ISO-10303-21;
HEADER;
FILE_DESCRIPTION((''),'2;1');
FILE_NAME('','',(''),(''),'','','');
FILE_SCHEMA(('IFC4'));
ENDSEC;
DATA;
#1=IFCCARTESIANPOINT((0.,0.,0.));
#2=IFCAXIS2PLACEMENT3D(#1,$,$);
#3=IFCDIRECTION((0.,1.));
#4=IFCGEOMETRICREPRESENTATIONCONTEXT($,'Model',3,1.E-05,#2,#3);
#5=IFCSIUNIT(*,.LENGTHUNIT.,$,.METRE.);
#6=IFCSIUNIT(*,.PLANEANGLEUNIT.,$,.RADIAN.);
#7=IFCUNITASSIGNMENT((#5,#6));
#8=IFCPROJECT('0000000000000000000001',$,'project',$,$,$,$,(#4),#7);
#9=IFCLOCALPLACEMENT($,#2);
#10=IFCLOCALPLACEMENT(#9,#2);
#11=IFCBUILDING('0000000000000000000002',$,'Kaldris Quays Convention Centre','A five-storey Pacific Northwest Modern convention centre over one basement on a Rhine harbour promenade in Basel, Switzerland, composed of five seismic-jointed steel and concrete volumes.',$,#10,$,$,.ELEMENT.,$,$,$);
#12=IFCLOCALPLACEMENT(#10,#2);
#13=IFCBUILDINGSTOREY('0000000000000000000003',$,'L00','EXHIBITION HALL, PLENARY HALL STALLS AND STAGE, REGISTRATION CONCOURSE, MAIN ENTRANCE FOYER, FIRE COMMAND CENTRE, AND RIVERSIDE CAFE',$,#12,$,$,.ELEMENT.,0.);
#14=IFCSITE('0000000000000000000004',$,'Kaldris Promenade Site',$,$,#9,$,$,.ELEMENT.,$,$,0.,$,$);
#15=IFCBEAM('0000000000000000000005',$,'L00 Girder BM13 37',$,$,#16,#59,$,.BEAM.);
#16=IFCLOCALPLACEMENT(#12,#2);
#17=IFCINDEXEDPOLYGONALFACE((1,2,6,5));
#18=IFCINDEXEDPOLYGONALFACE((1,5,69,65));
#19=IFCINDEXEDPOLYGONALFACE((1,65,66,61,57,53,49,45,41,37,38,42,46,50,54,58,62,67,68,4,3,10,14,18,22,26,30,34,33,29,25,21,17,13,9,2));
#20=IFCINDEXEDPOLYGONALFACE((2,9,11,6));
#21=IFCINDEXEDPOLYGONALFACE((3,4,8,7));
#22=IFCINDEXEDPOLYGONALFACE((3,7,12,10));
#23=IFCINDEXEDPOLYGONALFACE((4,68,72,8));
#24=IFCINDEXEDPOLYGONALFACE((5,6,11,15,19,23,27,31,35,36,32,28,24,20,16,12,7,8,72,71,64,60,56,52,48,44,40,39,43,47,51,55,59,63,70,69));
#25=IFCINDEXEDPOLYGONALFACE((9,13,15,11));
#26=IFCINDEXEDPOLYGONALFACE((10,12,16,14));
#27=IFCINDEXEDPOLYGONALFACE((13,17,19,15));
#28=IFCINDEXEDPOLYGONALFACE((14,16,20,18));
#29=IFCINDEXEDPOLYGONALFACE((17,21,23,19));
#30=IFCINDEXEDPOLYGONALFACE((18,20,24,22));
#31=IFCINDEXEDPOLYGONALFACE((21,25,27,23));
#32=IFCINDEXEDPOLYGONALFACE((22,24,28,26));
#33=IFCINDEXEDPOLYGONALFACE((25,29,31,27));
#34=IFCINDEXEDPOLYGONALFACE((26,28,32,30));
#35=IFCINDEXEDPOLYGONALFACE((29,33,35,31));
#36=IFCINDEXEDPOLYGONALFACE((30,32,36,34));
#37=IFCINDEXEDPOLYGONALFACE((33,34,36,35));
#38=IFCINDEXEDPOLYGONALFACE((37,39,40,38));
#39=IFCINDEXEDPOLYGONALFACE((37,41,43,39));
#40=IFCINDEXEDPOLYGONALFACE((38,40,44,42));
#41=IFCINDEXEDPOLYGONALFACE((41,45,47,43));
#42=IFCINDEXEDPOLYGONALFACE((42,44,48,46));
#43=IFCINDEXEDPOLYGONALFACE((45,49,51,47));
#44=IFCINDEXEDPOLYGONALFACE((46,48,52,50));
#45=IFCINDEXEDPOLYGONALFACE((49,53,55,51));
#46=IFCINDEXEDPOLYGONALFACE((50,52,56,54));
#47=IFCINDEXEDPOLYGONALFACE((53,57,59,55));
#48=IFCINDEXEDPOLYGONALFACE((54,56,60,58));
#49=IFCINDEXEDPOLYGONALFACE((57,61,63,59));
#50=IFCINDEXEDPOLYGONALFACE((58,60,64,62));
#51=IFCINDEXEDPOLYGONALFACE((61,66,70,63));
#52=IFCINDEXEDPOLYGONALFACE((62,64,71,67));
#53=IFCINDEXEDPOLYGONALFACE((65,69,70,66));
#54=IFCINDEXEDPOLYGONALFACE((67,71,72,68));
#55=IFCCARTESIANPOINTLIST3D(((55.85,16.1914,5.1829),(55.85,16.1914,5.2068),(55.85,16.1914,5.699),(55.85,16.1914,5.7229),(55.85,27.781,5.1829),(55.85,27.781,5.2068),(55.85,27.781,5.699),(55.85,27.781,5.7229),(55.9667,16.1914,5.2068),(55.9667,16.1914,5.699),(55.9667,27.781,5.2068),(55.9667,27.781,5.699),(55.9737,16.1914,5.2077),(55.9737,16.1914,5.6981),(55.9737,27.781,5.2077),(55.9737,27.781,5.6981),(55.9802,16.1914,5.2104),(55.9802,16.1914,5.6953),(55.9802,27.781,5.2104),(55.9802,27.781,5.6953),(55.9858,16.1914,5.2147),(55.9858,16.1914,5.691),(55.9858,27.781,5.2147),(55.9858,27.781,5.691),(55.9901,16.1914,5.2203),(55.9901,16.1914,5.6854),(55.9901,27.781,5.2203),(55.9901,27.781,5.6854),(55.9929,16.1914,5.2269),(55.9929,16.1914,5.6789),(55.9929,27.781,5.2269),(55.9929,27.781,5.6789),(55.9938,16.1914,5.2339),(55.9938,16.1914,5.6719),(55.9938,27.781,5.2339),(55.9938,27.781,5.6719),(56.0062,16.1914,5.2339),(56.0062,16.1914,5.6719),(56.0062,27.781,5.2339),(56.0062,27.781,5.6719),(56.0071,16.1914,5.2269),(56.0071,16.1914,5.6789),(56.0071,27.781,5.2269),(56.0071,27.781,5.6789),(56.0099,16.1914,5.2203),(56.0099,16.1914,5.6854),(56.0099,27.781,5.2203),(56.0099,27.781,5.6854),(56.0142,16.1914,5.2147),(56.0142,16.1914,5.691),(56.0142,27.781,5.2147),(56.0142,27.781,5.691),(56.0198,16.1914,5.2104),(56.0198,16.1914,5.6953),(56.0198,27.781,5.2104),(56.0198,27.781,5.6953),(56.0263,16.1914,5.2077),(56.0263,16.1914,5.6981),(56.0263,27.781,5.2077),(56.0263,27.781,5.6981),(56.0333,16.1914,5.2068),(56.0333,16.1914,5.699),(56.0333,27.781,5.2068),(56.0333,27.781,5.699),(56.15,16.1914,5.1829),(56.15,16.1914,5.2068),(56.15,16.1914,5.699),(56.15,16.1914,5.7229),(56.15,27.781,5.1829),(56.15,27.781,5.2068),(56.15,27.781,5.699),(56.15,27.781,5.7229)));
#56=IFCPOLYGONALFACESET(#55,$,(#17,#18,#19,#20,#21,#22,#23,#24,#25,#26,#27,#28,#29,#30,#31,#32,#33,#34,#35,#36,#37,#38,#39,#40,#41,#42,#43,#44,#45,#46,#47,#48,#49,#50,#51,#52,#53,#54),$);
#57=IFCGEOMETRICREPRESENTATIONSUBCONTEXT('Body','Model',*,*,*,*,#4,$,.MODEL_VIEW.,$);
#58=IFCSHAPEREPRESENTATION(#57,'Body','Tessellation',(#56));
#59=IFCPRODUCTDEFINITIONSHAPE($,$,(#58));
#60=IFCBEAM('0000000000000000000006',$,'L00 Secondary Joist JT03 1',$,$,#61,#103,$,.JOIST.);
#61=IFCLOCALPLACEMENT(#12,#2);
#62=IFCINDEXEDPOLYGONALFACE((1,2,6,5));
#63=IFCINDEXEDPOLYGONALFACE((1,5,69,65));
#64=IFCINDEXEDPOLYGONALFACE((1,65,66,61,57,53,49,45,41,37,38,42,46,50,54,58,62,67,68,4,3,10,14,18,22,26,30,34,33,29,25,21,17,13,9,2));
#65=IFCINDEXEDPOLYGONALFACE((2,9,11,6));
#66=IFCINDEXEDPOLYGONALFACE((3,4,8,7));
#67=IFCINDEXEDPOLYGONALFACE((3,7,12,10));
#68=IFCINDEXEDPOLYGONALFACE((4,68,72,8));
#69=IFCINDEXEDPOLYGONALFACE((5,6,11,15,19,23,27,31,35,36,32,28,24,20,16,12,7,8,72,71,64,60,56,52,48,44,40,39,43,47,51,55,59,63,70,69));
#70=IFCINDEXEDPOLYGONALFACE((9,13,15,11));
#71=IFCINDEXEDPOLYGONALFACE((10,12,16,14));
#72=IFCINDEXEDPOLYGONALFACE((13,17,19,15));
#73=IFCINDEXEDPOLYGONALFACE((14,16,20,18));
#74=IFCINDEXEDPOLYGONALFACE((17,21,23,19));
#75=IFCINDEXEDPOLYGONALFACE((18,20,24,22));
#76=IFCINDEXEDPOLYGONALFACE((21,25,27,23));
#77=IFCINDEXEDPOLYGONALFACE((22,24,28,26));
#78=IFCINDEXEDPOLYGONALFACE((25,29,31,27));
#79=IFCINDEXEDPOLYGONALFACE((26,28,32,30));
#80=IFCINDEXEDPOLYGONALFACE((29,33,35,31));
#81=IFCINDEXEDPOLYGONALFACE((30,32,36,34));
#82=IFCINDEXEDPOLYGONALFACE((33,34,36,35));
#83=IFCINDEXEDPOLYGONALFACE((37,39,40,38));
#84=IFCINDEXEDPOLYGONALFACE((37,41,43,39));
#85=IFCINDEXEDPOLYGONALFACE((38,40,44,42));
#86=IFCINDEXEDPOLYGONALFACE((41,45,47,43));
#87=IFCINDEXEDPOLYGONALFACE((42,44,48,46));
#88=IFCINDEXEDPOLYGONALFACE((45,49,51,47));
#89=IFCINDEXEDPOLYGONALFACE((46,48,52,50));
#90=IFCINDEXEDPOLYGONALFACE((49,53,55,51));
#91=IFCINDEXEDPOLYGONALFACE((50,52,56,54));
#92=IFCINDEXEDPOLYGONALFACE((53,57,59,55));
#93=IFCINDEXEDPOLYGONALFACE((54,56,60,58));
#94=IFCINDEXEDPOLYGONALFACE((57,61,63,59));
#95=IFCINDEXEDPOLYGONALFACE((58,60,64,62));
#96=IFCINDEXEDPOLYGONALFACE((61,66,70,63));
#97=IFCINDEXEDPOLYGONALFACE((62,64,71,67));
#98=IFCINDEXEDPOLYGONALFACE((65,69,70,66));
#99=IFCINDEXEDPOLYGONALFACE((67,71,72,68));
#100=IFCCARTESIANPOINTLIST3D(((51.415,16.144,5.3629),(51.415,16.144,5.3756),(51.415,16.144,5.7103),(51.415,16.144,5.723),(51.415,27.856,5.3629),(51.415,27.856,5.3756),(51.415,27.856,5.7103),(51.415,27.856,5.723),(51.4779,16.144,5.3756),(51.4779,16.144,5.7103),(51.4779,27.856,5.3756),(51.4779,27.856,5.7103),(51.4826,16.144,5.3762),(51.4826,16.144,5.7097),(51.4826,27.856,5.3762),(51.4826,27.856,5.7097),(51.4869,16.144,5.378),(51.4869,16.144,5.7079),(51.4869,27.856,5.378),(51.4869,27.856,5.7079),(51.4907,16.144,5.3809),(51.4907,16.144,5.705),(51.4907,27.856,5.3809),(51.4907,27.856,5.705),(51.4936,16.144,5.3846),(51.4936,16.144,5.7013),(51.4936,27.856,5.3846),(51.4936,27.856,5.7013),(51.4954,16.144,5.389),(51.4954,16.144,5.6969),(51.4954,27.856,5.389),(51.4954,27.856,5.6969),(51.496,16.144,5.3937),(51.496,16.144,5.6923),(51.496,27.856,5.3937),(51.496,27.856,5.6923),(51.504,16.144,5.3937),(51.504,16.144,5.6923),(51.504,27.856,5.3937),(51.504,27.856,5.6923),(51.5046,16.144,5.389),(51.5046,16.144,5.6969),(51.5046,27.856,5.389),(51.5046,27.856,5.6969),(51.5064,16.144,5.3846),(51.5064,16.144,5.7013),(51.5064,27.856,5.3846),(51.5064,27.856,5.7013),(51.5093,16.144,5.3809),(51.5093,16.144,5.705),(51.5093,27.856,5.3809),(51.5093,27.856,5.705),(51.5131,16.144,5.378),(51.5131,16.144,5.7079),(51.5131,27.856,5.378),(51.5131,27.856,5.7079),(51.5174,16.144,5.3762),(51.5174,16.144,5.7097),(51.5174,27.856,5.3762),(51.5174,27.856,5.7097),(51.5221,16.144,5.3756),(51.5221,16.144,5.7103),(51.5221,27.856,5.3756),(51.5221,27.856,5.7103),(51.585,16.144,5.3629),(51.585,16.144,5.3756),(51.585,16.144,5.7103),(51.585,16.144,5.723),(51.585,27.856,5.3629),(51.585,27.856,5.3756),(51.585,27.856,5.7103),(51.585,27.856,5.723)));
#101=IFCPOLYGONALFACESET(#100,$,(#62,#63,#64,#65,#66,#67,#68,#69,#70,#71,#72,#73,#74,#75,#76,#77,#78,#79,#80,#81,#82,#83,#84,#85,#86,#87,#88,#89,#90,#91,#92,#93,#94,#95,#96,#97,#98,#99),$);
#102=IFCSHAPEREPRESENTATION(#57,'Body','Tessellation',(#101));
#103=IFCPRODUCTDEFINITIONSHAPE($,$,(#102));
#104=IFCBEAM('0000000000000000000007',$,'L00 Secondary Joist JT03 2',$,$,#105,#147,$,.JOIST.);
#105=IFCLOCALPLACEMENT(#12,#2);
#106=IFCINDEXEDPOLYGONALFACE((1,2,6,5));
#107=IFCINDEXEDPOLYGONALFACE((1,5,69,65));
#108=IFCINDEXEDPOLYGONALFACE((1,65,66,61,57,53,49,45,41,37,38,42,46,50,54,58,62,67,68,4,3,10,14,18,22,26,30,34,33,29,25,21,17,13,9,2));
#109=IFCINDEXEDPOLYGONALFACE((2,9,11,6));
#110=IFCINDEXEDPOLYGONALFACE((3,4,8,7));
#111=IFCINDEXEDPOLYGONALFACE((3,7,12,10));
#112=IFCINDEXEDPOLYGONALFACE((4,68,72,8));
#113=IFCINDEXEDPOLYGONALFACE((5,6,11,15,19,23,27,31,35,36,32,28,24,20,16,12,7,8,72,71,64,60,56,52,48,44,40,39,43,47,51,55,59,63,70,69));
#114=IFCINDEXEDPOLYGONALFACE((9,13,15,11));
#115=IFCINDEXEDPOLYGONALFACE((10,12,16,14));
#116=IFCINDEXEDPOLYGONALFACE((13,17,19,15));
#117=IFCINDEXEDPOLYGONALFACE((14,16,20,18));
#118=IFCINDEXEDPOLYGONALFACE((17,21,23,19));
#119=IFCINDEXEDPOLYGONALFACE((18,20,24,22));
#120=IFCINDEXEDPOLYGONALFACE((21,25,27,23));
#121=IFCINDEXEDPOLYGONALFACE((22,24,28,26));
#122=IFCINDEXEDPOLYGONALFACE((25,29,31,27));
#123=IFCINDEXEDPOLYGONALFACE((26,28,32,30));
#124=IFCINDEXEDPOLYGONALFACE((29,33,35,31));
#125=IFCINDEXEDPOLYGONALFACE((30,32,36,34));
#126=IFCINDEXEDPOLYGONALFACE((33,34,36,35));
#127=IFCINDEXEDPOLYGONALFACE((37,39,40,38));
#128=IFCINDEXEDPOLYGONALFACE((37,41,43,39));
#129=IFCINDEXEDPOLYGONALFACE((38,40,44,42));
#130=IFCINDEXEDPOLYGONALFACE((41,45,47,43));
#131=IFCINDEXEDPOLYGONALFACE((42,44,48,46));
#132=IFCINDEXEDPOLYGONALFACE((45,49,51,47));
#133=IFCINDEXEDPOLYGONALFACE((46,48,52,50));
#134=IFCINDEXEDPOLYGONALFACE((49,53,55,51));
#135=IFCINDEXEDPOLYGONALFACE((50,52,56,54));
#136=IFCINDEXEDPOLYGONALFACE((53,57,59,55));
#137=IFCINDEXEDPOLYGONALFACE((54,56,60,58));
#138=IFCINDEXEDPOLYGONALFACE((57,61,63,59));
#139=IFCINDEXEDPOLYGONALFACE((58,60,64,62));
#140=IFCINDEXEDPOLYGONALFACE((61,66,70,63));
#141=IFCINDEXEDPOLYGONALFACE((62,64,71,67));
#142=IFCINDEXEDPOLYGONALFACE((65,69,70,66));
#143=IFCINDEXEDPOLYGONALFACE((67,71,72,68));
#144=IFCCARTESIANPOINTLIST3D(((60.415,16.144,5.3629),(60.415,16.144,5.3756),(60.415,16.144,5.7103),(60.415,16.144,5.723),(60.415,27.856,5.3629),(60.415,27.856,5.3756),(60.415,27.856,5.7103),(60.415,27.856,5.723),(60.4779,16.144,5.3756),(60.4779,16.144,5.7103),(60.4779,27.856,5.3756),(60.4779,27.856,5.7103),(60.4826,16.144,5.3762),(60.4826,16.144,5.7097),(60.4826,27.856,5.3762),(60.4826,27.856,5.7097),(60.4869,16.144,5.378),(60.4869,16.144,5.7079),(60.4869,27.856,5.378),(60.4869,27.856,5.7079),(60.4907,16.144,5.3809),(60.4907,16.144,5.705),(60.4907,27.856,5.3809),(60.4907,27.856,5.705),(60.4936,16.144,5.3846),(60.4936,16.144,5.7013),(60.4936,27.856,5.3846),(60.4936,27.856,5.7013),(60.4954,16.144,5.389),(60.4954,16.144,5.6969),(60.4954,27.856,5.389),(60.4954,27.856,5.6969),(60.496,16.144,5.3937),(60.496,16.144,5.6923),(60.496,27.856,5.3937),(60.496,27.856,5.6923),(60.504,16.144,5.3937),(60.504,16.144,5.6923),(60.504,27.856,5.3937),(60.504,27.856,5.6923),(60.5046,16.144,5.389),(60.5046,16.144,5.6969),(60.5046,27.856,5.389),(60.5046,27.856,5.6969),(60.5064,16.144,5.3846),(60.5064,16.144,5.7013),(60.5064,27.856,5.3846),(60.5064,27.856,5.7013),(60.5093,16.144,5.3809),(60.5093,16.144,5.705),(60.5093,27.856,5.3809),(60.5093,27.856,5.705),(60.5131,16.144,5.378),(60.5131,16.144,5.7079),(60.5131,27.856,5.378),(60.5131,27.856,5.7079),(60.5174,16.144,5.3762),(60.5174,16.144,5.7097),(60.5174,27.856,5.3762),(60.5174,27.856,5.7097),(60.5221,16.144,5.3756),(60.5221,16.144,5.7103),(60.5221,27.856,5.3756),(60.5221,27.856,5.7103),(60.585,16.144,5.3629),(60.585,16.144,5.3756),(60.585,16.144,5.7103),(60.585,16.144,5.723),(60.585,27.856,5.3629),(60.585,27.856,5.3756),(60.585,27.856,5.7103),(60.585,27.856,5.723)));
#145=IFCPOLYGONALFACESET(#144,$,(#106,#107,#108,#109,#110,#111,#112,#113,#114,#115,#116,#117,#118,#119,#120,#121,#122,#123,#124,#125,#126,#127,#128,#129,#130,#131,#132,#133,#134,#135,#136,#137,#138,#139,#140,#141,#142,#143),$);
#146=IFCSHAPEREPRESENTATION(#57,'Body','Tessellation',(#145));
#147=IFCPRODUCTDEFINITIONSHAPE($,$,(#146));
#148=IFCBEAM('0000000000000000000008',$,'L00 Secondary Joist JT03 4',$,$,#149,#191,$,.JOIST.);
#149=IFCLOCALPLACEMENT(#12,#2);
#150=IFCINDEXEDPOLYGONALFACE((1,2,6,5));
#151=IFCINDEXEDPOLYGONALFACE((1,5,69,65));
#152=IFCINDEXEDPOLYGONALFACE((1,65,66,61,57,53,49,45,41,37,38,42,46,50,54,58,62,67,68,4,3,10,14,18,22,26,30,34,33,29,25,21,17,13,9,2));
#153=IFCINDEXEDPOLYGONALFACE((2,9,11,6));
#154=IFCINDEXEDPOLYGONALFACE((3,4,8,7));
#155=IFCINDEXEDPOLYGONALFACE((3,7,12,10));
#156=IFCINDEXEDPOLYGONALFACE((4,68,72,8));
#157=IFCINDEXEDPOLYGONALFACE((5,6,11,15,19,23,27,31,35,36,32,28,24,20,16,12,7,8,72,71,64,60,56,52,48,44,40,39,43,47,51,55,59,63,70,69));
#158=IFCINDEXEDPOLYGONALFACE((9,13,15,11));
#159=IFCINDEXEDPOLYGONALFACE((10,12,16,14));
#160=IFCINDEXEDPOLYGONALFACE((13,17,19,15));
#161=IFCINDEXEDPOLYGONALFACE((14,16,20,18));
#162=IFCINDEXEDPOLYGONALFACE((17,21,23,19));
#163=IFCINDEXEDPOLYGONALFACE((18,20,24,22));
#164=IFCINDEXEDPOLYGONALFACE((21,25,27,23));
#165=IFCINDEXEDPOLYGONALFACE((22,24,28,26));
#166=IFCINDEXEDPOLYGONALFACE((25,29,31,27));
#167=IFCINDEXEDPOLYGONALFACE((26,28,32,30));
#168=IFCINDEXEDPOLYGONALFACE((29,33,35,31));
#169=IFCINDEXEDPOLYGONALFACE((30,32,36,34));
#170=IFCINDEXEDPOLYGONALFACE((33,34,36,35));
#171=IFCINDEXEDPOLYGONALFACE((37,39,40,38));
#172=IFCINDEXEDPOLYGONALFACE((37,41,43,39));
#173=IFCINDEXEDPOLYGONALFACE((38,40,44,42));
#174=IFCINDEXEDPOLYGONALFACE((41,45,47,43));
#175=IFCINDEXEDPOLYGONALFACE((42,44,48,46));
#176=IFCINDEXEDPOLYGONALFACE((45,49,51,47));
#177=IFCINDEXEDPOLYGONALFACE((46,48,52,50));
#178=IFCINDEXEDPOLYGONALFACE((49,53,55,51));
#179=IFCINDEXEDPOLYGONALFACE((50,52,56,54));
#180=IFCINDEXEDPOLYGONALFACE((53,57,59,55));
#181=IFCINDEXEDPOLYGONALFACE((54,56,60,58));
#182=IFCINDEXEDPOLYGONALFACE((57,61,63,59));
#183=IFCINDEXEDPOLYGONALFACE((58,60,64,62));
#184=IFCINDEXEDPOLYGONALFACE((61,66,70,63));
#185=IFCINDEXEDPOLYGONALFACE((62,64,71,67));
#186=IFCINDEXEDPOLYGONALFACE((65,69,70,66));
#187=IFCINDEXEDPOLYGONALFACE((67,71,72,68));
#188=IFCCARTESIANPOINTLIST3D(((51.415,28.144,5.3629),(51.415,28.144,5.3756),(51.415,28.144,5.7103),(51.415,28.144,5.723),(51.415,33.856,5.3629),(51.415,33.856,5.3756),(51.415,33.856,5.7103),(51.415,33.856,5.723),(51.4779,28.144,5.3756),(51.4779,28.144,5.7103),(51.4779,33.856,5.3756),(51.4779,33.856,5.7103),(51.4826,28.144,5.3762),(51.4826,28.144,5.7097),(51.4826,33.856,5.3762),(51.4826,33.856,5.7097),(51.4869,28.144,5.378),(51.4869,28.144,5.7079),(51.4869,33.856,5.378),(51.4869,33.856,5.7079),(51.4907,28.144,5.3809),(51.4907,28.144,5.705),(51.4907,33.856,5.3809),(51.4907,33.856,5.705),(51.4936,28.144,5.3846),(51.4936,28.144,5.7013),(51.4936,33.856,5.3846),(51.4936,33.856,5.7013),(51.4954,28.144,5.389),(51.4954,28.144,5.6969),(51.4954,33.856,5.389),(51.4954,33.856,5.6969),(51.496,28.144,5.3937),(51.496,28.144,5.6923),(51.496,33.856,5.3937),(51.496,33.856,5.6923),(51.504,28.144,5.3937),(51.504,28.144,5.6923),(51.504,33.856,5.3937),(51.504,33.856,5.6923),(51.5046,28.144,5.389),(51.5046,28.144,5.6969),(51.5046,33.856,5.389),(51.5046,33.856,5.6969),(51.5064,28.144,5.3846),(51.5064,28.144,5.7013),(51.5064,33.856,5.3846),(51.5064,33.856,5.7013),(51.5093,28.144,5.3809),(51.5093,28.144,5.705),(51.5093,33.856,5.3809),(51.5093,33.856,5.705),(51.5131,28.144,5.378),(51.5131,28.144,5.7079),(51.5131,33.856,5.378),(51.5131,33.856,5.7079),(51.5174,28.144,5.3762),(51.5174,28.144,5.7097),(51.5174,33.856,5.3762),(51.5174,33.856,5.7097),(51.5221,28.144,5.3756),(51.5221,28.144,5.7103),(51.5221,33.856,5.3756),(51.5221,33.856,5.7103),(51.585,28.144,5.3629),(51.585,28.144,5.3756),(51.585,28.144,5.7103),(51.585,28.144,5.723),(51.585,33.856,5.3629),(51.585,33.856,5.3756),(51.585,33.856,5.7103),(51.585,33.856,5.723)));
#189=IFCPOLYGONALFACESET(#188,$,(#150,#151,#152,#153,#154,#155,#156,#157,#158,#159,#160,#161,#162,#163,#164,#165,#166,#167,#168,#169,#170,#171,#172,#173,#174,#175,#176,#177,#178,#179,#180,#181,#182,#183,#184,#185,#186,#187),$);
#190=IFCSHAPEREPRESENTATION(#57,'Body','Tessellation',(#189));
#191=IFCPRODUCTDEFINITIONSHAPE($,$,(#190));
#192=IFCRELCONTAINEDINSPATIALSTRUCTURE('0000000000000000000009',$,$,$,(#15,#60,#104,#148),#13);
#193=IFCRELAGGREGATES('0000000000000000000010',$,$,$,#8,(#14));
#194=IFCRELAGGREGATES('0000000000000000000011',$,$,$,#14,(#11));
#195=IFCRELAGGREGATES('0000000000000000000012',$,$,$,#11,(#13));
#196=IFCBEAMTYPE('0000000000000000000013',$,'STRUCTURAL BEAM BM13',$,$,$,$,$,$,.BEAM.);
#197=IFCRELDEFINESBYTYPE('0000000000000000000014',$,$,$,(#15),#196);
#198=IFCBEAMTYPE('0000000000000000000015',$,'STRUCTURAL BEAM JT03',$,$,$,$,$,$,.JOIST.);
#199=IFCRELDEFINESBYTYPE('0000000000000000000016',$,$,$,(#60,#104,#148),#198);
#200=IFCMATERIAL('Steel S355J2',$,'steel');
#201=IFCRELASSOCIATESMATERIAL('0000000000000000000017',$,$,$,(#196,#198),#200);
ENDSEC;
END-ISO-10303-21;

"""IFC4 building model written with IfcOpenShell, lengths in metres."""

from ifc_helpers import new_model, si_unit, direction, frame, origin, origin_2d, place, context, subcontext, project, spatial, i_section, extrude, material, material_profile, profile_set, type_object, element, save


model = new_model("IFC4")

# Units and contexts
model_context = context("Model", 3, precision=1e-05, world=origin(), true_north=direction((0.0, 1.0)))
body_context = subcontext(model_context, "Body", "Model", "MODEL_VIEW")
ifc_project = project(units=[si_unit("LENGTHUNIT", "METRE"), si_unit("PLANEANGLEUNIT", "RADIAN")], contexts=[model_context])

# Site, building, storey
site_placement = place(None, origin())
site = spatial("IfcSite", under=ifc_project, at=site_placement, Name="Kaldris Promenade Site", CompositionType="ELEMENT", RefElevation=0.0)
building_placement = place(site_placement, origin())
building = spatial("IfcBuilding", under=site, at=building_placement, Name="Kaldris Quays Convention Centre", Description="A five-storey Pacific Northwest Modern convention centre over one basement on a Rhine harbour promenade in Basel, Switzerland, composed of five seismic-jointed steel and concrete volumes.", CompositionType="ELEMENT")
storey_placement = place(building_placement, origin())
storey = spatial("IfcBuildingStorey", under=building, at=storey_placement, Name="L00", Description="EXHIBITION HALL, PLENARY HALL STALLS AND STAGE, REGISTRATION CONCOURSE, MAIN ENTRANCE FOYER, FIRE COMMAND CENTRE, AND RIVERSIDE CAFE", CompositionType="ELEMENT", Elevation=0.0)

# Shared definitions
ifc_material_1 = material(Name="Steel S355J2", Category="steel")

# Beams
ifc_material_profile_1 = material_profile(ifc_material_1, i_section(OverallWidth=0.3, OverallDepth=0.54, WebThickness=0.0125, FlangeThickness=0.0239, FilletRadius=0.0271, at=origin_2d()), Name="HEA 550")
ifc_profile_set_1 = profile_set([ifc_material_profile_1], Name="Steel S355J2")
beam_type_1 = type_object("IfcBeamType", Name="STRUCTURAL BEAM BM13", PredefinedType="BEAM", material=ifc_profile_set_1)
for number, where, z_axis, x_axis, name in (
    (1, (56.0, 16.1914, 5.4529), (0.0, 1.0, 0.0), (-1.0, 0.0, 0.0), "L00 Girder BM13 37"),
):
    element("IfcBeam", number, at=place(storey_placement, frame(where, z_axis=z_axis, x_axis=x_axis)), inside=storey, type_object=beam_type_1, Name=name, PredefinedType="BEAM", context=body_context, shape_type="SweptSolid", body=[
        extrude(i_section(OverallWidth=0.3, OverallDepth=0.54, WebThickness=0.0125, FlangeThickness=0.0239, FilletRadius=0.0271, at=origin_2d()), origin(), (0.0, 0.0, 1.0), 11.5896),
    ])
ifc_material_profile_2 = material_profile(ifc_material_1, i_section(OverallWidth=0.1699, OverallDepth=0.3601, WebThickness=0.0081, FlangeThickness=0.0127, FilletRadius=0.0181, at=origin_2d()), Name="IPE 360")
ifc_profile_set_2 = profile_set([ifc_material_profile_2], Name="Steel S355J2")
beam_type_2 = type_object("IfcBeamType", Name="STRUCTURAL BEAM JT03", PredefinedType="JOIST", material=ifc_profile_set_2)
for number, where, z_axis, x_axis, name in (
    (2, (51.5, 16.144, 5.543), (0.0, 1.0, 0.0), (-1.0, 0.0, 0.0), "L00 Secondary Joist JT03 1"),
    (3, (60.5, 16.144, 5.543), (0.0, 1.0, 0.0), (-1.0, 0.0, 0.0), "L00 Secondary Joist JT03 2"),
):
    element("IfcBeam", number, at=place(storey_placement, frame(where, z_axis=z_axis, x_axis=x_axis)), inside=storey, type_object=beam_type_2, Name=name, PredefinedType="JOIST", context=body_context, shape_type="SweptSolid", body=[
        extrude(i_section(OverallWidth=0.1699, OverallDepth=0.3601, WebThickness=0.0081, FlangeThickness=0.0127, FilletRadius=0.0181, at=origin_2d()), origin(), (0.0, 0.0, 1.0), 11.7119),
    ])
beam_placement = place(storey_placement, frame((51.5, 28.144, 5.543), z_axis=(0.0, 1.0, 0.0), x_axis=(-1.0, 0.0, 0.0)))
element("IfcBeam", 4, at=beam_placement, inside=storey, type_object=beam_type_2, Name="L00 Secondary Joist JT03 4", PredefinedType="JOIST", context=body_context, shape_type="SweptSolid", body=[
    extrude(i_section(OverallWidth=0.1699, OverallDepth=0.3601, WebThickness=0.0081, FlangeThickness=0.0127, FilletRadius=0.0181, at=origin_2d()), origin(), (0.0, 0.0, 1.0), 5.7119),
])

save(model, "model.ifc")
